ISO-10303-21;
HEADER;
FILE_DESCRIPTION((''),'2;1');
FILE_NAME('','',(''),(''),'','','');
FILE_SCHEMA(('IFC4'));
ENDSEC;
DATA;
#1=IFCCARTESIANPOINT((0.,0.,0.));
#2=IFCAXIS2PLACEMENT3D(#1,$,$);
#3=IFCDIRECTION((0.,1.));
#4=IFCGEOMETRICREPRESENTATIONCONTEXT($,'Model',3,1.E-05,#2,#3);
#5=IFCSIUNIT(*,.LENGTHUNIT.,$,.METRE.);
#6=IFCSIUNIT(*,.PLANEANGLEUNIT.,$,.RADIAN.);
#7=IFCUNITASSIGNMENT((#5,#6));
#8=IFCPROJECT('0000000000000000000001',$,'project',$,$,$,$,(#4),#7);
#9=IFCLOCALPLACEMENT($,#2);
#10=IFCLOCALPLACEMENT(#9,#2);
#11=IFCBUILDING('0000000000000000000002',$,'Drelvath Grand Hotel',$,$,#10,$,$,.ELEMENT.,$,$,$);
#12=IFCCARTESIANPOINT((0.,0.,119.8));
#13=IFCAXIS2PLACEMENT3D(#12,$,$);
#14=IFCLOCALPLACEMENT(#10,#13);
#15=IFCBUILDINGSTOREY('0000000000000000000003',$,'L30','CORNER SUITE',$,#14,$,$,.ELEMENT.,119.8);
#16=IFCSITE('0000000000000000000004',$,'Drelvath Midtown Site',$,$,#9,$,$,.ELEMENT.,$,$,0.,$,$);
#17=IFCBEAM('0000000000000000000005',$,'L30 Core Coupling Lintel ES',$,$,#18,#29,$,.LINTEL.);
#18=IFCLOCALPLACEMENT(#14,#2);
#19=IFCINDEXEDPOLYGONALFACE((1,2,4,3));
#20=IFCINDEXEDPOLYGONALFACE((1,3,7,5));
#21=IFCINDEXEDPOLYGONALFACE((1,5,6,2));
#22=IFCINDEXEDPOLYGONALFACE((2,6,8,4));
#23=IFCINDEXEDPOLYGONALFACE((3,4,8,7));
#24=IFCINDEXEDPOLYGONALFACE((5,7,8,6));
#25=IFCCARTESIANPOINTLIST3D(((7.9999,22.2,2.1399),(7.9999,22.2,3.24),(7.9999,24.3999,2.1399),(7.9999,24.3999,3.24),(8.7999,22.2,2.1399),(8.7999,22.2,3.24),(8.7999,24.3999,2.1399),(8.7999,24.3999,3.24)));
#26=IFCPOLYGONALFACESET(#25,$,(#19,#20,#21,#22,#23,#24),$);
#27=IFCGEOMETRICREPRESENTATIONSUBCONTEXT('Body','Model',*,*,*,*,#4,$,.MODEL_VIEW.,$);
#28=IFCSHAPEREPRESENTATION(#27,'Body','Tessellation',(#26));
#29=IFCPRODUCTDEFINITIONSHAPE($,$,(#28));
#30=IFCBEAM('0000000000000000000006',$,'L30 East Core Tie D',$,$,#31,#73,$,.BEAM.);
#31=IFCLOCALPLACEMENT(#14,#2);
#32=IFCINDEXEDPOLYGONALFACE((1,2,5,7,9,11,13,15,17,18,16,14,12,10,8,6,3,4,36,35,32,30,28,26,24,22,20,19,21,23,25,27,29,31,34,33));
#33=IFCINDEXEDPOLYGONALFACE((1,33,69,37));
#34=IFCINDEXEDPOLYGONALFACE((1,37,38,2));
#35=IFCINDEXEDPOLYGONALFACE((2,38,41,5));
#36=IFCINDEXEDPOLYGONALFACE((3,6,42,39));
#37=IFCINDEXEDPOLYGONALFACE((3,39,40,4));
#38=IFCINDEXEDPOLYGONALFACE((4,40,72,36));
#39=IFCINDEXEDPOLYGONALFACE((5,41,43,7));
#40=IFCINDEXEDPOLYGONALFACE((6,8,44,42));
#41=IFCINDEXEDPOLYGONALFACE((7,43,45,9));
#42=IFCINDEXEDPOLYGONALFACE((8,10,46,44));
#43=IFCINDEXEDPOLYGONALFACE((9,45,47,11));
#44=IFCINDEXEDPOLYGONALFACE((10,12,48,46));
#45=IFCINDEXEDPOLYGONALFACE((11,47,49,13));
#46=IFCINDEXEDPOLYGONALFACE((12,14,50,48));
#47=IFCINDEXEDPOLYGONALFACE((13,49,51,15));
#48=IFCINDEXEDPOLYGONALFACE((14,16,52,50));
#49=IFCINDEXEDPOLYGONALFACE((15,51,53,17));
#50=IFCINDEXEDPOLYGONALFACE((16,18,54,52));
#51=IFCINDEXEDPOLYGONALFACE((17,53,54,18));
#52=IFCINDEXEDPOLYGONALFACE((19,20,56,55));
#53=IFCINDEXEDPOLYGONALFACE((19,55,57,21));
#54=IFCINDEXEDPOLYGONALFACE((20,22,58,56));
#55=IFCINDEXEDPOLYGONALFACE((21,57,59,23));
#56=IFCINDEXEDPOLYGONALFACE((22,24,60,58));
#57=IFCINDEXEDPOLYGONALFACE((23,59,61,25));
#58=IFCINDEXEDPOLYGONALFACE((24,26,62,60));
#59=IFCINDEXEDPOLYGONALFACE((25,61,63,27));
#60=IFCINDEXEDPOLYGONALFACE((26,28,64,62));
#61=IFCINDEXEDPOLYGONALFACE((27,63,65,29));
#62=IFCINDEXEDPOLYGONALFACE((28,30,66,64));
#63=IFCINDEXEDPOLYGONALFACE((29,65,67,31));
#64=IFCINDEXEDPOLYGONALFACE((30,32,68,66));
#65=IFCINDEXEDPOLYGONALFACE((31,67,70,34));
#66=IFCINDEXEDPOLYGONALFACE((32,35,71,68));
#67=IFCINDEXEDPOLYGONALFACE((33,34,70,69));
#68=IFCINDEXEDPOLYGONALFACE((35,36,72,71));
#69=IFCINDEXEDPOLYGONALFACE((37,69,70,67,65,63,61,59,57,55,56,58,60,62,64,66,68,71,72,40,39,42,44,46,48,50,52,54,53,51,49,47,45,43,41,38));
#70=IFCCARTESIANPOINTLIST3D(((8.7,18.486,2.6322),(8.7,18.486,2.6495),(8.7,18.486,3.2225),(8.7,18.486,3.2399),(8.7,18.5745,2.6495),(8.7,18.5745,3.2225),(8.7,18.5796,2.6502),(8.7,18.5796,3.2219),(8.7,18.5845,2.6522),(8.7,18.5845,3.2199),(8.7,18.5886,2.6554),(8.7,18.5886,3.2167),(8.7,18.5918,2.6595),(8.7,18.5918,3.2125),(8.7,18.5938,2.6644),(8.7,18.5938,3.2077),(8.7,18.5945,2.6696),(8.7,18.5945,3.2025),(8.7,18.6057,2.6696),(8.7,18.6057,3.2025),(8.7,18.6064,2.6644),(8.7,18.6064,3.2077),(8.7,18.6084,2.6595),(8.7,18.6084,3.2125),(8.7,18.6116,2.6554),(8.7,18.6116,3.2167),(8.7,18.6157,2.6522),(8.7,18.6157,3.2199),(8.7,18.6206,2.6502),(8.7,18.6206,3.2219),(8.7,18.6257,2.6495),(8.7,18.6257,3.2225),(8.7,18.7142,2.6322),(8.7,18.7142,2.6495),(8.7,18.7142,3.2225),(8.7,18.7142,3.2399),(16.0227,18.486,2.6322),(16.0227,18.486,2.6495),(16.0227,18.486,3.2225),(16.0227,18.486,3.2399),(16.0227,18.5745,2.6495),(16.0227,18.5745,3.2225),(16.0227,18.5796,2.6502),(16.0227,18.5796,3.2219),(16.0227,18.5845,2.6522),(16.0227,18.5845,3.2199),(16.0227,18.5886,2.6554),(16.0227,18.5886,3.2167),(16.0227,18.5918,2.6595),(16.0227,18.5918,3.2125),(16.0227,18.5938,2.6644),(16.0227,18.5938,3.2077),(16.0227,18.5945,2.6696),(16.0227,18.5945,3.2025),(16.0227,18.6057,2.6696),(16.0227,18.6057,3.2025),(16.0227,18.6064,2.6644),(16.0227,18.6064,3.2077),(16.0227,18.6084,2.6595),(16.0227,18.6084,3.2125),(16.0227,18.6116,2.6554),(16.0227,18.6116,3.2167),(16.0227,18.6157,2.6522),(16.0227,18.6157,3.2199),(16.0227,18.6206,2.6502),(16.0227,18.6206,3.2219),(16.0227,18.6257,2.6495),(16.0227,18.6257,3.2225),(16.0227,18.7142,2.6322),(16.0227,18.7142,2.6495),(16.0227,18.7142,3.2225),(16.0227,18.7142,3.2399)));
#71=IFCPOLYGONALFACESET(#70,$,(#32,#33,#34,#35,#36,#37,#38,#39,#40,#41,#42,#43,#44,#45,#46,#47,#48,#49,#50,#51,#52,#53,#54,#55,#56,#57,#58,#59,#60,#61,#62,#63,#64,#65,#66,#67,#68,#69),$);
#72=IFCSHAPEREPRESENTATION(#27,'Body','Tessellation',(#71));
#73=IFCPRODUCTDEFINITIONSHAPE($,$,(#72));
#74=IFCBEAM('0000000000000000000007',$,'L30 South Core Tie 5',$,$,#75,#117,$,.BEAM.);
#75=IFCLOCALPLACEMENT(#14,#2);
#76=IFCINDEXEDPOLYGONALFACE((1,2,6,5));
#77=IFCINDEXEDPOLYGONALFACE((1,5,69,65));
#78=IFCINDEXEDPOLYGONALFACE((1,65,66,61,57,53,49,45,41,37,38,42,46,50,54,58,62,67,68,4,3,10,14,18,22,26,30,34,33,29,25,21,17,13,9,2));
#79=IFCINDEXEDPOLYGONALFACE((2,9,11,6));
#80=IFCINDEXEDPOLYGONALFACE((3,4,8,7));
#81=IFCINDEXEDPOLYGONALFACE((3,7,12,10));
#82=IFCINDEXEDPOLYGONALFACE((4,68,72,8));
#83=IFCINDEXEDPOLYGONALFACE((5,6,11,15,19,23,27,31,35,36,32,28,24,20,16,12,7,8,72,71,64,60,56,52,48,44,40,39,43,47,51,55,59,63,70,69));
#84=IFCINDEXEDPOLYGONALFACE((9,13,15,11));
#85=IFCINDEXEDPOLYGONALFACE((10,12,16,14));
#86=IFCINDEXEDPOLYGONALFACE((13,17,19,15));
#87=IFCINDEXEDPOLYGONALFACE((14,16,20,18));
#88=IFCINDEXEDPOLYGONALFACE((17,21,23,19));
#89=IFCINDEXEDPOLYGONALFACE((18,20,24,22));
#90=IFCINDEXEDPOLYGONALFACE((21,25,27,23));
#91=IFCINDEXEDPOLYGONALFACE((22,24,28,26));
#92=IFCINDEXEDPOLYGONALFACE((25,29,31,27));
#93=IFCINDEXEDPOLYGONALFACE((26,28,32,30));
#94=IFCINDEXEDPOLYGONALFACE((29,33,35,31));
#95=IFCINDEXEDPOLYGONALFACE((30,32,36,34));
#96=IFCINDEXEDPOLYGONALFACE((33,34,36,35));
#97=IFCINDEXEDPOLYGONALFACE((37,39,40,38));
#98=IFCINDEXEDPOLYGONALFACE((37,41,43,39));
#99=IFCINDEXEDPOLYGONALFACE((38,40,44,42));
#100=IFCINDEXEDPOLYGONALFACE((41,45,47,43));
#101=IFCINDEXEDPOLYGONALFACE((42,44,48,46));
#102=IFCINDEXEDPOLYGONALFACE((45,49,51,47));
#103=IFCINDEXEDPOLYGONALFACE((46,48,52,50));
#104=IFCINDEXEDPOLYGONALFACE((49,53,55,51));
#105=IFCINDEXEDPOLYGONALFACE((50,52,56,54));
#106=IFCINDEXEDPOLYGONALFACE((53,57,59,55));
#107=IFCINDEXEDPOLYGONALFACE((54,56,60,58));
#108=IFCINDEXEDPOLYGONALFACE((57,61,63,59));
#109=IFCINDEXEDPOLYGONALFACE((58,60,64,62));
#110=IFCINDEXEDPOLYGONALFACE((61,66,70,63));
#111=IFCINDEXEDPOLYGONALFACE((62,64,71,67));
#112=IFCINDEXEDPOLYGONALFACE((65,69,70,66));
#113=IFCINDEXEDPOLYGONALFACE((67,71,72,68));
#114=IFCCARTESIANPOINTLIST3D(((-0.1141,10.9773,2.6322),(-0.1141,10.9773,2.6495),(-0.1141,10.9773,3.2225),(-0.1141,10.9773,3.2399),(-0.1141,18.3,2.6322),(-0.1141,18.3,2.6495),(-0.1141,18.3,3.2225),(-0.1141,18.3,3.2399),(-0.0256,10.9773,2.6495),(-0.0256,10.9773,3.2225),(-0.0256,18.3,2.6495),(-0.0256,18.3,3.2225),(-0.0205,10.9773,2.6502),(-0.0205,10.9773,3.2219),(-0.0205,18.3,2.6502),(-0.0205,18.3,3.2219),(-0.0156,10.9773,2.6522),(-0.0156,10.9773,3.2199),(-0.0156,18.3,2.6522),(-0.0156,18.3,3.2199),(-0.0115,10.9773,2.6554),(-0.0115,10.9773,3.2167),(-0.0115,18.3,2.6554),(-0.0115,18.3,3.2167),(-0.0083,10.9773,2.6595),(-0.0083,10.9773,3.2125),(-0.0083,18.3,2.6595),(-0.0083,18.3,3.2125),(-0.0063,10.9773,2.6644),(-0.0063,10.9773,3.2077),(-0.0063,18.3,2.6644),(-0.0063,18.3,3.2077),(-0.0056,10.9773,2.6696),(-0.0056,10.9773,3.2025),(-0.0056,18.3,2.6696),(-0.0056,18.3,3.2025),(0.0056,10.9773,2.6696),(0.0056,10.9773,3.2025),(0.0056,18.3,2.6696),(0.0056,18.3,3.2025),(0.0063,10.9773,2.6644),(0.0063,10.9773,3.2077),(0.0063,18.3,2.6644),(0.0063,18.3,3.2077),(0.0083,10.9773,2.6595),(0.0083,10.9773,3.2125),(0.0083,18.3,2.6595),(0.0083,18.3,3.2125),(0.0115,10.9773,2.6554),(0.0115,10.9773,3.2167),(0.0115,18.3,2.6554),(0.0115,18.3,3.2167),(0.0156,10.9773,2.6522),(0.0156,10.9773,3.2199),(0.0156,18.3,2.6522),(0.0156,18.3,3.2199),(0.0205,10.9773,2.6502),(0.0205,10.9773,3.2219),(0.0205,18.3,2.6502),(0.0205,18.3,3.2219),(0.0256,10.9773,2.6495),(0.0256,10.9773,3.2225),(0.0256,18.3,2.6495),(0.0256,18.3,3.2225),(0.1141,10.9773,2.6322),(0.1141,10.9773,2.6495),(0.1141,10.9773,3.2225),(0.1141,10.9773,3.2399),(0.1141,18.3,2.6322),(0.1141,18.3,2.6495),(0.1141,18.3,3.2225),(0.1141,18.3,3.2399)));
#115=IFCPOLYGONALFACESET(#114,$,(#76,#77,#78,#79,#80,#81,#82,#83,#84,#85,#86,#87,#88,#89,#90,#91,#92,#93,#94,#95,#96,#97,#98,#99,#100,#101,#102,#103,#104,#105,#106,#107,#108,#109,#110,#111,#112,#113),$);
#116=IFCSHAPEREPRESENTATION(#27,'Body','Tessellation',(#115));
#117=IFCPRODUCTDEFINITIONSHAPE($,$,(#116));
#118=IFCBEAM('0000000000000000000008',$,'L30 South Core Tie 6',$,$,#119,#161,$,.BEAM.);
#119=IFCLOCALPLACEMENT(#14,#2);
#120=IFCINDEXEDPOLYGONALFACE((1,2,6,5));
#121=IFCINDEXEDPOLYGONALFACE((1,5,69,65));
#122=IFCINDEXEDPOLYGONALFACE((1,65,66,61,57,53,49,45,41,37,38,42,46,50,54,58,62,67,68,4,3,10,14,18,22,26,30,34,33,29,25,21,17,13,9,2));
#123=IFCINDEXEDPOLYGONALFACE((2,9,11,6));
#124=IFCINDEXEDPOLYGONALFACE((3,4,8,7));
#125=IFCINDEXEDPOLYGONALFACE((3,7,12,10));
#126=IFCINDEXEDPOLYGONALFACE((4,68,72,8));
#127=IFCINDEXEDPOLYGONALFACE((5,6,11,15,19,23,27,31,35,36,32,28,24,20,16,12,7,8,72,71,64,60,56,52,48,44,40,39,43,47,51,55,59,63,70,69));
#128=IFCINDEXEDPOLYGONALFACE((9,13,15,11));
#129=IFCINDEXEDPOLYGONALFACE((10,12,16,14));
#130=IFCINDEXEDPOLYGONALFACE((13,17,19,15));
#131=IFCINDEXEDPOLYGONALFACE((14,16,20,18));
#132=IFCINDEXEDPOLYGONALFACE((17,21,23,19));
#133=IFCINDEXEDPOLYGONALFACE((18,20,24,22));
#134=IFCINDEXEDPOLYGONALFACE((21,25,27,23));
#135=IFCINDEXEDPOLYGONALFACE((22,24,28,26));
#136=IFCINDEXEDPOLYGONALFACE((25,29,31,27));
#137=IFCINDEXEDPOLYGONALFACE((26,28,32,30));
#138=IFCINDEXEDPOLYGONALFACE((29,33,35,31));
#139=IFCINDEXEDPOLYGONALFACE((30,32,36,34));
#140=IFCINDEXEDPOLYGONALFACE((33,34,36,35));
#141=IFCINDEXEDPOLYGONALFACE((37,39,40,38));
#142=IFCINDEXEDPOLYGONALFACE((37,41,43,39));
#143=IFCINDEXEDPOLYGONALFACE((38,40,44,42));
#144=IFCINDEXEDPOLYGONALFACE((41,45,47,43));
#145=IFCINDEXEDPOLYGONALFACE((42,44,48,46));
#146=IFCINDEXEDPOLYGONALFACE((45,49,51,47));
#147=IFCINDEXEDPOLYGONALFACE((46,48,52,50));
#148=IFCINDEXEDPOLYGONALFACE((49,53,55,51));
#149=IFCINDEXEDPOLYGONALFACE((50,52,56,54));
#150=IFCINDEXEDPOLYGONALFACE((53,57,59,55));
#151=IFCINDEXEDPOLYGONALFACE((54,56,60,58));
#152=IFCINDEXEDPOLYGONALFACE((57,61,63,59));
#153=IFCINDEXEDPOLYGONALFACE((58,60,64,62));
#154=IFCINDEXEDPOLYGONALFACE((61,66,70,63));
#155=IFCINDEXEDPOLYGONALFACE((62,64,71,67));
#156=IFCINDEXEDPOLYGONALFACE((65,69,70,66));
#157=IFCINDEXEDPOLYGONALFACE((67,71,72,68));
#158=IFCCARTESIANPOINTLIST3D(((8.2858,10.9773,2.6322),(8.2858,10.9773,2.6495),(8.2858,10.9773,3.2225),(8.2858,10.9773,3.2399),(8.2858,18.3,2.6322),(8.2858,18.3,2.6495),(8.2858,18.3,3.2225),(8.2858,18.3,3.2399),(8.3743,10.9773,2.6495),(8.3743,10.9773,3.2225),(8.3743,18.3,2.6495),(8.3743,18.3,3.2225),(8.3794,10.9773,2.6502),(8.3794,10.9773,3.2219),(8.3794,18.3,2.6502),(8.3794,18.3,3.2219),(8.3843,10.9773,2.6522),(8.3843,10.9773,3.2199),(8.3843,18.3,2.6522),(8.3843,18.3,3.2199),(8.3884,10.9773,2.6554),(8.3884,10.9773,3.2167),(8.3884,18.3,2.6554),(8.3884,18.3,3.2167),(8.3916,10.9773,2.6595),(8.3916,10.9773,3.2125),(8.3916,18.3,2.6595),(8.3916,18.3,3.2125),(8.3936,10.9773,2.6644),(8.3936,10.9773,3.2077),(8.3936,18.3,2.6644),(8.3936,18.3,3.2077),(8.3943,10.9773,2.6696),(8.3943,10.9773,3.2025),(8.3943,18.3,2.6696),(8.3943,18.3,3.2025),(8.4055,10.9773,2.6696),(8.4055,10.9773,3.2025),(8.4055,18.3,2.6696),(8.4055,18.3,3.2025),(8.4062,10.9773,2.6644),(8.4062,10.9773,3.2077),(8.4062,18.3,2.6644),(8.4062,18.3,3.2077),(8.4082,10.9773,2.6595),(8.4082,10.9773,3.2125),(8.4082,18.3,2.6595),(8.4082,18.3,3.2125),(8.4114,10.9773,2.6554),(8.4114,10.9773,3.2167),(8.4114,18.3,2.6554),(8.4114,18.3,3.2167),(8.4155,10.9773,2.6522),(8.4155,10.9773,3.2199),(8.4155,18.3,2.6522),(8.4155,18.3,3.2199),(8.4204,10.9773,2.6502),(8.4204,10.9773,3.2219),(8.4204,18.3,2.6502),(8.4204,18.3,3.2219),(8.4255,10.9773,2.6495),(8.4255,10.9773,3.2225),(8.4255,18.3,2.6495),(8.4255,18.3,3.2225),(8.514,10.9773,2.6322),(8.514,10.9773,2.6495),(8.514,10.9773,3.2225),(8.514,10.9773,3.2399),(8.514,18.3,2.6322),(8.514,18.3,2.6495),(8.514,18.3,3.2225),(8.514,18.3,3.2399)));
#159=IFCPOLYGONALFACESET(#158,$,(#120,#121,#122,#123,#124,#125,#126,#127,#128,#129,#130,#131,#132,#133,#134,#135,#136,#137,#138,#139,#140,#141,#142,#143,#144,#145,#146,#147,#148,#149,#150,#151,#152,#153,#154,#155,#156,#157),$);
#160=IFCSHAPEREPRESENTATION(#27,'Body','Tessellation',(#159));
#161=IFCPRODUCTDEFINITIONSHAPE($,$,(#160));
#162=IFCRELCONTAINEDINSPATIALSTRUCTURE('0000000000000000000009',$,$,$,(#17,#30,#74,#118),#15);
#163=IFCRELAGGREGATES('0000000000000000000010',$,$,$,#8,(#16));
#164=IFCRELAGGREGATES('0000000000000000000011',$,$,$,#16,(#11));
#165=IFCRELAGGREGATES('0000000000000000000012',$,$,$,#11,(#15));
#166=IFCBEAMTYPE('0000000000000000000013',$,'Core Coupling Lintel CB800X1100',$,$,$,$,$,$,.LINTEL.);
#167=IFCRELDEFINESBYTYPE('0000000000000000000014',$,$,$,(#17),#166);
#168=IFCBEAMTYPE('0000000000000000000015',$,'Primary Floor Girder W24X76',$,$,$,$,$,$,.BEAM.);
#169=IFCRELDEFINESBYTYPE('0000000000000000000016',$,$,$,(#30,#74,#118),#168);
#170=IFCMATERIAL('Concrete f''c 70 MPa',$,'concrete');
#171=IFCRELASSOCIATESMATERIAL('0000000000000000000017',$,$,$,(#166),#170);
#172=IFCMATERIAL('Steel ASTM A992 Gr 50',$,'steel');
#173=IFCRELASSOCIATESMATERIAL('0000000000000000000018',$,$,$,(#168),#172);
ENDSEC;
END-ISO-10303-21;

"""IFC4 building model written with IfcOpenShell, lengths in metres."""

from ifc_helpers import new_model, si_unit, direction, frame, origin, origin_2d, place, context, subcontext, project, spatial, rectangle, i_section, extrude, material, material_profile, profile_set, type_object, element, save


model = new_model("IFC4")

# Units and contexts
model_context = context("Model", 3, precision=1e-05, world=origin(), true_north=direction((0.0, 1.0)))
body_context = subcontext(model_context, "Body", "Model", "MODEL_VIEW")
ifc_project = project(units=[si_unit("LENGTHUNIT", "METRE"), si_unit("PLANEANGLEUNIT", "RADIAN")], contexts=[model_context])

# Site, building, storey
site_placement = place(None, origin())
site = spatial("IfcSite", under=ifc_project, at=site_placement, Name="Drelvath Midtown Site", CompositionType="ELEMENT", RefElevation=0.0)
building_placement = place(site_placement, origin())
building = spatial("IfcBuilding", under=site, at=building_placement, Name="Drelvath Grand Hotel", CompositionType="ELEMENT")
storey_placement = place(building_placement, frame((0.0, 0.0, 119.8)))
storey = spatial("IfcBuildingStorey", under=building, at=storey_placement, Name="L30", Description="CORNER SUITE", CompositionType="ELEMENT", Elevation=119.8)

# Beams
ifc_material_1 = material(Name="Concrete f'c 70 MPa", Category="concrete")
ifc_material_profile_1 = material_profile(ifc_material_1, rectangle(XDim=0.8, YDim=1.1001, at=origin_2d()), Name="CB800X1100")
ifc_profile_set_1 = profile_set([ifc_material_profile_1], Name="Concrete f'c 70 MPa")
beam_type_1 = type_object("IfcBeamType", Name="Core Coupling Lintel CB800X1100", PredefinedType="LINTEL", material=ifc_profile_set_1)
beam_placement = place(storey_placement, frame((8.3999, 22.2, 2.6899), z_axis=(0.0, 1.0, 0.0), x_axis=(-1.0, 0.0, 0.0)))
element("IfcBeam", 1, at=beam_placement, inside=storey, type_object=beam_type_1, Name="L30 Core Coupling Lintel ES", PredefinedType="LINTEL", context=body_context, shape_type="SweptSolid", body=[
    extrude(rectangle(XDim=0.8, YDim=1.1001, at=origin_2d()), origin(), (0.0, 0.0, 1.0), 2.2),
])
ifc_material_2 = material(Name="Steel ASTM A992 Gr 50", Category="steel")
ifc_material_profile_2 = material_profile(ifc_material_2, i_section(OverallWidth=0.2283, OverallDepth=0.6077, WebThickness=0.0112, FlangeThickness=0.0173, FilletRadius=0.02, at=origin_2d()), Name="W24X76")
ifc_profile_set_2 = profile_set([ifc_material_profile_2], Name="Steel ASTM A992 Gr 50")
beam_type_2 = type_object("IfcBeamType", Name="Primary Floor Girder W24X76", PredefinedType="BEAM", material=ifc_profile_set_2)
for number, where, z_axis, x_axis, name in (
    (2, (8.7, 18.6001, 2.936), (1.0, 0.0, 0.0), (0.0, 1.0, 0.0), "L30 East Core Tie D"),
    (3, (0.0, 10.9773, 2.936), (0.0, 1.0, 0.0), (-1.0, 0.0, 0.0), "L30 South Core Tie 5"),
    (4, (8.3999, 10.9773, 2.936), (0.0, 1.0, 0.0), (-1.0, 0.0, 0.0), "L30 South Core Tie 6"),
):
    element("IfcBeam", number, at=place(storey_placement, frame(where, z_axis=z_axis, x_axis=x_axis)), inside=storey, type_object=beam_type_2, Name=name, PredefinedType="BEAM", context=body_context, shape_type="SweptSolid", body=[
        extrude(i_section(OverallWidth=0.2283, OverallDepth=0.6077, WebThickness=0.0112, FlangeThickness=0.0173, FilletRadius=0.02, at=origin_2d()), origin(), (0.0, 0.0, 1.0), 7.3228),
    ])

save(model, "model.ifc")
